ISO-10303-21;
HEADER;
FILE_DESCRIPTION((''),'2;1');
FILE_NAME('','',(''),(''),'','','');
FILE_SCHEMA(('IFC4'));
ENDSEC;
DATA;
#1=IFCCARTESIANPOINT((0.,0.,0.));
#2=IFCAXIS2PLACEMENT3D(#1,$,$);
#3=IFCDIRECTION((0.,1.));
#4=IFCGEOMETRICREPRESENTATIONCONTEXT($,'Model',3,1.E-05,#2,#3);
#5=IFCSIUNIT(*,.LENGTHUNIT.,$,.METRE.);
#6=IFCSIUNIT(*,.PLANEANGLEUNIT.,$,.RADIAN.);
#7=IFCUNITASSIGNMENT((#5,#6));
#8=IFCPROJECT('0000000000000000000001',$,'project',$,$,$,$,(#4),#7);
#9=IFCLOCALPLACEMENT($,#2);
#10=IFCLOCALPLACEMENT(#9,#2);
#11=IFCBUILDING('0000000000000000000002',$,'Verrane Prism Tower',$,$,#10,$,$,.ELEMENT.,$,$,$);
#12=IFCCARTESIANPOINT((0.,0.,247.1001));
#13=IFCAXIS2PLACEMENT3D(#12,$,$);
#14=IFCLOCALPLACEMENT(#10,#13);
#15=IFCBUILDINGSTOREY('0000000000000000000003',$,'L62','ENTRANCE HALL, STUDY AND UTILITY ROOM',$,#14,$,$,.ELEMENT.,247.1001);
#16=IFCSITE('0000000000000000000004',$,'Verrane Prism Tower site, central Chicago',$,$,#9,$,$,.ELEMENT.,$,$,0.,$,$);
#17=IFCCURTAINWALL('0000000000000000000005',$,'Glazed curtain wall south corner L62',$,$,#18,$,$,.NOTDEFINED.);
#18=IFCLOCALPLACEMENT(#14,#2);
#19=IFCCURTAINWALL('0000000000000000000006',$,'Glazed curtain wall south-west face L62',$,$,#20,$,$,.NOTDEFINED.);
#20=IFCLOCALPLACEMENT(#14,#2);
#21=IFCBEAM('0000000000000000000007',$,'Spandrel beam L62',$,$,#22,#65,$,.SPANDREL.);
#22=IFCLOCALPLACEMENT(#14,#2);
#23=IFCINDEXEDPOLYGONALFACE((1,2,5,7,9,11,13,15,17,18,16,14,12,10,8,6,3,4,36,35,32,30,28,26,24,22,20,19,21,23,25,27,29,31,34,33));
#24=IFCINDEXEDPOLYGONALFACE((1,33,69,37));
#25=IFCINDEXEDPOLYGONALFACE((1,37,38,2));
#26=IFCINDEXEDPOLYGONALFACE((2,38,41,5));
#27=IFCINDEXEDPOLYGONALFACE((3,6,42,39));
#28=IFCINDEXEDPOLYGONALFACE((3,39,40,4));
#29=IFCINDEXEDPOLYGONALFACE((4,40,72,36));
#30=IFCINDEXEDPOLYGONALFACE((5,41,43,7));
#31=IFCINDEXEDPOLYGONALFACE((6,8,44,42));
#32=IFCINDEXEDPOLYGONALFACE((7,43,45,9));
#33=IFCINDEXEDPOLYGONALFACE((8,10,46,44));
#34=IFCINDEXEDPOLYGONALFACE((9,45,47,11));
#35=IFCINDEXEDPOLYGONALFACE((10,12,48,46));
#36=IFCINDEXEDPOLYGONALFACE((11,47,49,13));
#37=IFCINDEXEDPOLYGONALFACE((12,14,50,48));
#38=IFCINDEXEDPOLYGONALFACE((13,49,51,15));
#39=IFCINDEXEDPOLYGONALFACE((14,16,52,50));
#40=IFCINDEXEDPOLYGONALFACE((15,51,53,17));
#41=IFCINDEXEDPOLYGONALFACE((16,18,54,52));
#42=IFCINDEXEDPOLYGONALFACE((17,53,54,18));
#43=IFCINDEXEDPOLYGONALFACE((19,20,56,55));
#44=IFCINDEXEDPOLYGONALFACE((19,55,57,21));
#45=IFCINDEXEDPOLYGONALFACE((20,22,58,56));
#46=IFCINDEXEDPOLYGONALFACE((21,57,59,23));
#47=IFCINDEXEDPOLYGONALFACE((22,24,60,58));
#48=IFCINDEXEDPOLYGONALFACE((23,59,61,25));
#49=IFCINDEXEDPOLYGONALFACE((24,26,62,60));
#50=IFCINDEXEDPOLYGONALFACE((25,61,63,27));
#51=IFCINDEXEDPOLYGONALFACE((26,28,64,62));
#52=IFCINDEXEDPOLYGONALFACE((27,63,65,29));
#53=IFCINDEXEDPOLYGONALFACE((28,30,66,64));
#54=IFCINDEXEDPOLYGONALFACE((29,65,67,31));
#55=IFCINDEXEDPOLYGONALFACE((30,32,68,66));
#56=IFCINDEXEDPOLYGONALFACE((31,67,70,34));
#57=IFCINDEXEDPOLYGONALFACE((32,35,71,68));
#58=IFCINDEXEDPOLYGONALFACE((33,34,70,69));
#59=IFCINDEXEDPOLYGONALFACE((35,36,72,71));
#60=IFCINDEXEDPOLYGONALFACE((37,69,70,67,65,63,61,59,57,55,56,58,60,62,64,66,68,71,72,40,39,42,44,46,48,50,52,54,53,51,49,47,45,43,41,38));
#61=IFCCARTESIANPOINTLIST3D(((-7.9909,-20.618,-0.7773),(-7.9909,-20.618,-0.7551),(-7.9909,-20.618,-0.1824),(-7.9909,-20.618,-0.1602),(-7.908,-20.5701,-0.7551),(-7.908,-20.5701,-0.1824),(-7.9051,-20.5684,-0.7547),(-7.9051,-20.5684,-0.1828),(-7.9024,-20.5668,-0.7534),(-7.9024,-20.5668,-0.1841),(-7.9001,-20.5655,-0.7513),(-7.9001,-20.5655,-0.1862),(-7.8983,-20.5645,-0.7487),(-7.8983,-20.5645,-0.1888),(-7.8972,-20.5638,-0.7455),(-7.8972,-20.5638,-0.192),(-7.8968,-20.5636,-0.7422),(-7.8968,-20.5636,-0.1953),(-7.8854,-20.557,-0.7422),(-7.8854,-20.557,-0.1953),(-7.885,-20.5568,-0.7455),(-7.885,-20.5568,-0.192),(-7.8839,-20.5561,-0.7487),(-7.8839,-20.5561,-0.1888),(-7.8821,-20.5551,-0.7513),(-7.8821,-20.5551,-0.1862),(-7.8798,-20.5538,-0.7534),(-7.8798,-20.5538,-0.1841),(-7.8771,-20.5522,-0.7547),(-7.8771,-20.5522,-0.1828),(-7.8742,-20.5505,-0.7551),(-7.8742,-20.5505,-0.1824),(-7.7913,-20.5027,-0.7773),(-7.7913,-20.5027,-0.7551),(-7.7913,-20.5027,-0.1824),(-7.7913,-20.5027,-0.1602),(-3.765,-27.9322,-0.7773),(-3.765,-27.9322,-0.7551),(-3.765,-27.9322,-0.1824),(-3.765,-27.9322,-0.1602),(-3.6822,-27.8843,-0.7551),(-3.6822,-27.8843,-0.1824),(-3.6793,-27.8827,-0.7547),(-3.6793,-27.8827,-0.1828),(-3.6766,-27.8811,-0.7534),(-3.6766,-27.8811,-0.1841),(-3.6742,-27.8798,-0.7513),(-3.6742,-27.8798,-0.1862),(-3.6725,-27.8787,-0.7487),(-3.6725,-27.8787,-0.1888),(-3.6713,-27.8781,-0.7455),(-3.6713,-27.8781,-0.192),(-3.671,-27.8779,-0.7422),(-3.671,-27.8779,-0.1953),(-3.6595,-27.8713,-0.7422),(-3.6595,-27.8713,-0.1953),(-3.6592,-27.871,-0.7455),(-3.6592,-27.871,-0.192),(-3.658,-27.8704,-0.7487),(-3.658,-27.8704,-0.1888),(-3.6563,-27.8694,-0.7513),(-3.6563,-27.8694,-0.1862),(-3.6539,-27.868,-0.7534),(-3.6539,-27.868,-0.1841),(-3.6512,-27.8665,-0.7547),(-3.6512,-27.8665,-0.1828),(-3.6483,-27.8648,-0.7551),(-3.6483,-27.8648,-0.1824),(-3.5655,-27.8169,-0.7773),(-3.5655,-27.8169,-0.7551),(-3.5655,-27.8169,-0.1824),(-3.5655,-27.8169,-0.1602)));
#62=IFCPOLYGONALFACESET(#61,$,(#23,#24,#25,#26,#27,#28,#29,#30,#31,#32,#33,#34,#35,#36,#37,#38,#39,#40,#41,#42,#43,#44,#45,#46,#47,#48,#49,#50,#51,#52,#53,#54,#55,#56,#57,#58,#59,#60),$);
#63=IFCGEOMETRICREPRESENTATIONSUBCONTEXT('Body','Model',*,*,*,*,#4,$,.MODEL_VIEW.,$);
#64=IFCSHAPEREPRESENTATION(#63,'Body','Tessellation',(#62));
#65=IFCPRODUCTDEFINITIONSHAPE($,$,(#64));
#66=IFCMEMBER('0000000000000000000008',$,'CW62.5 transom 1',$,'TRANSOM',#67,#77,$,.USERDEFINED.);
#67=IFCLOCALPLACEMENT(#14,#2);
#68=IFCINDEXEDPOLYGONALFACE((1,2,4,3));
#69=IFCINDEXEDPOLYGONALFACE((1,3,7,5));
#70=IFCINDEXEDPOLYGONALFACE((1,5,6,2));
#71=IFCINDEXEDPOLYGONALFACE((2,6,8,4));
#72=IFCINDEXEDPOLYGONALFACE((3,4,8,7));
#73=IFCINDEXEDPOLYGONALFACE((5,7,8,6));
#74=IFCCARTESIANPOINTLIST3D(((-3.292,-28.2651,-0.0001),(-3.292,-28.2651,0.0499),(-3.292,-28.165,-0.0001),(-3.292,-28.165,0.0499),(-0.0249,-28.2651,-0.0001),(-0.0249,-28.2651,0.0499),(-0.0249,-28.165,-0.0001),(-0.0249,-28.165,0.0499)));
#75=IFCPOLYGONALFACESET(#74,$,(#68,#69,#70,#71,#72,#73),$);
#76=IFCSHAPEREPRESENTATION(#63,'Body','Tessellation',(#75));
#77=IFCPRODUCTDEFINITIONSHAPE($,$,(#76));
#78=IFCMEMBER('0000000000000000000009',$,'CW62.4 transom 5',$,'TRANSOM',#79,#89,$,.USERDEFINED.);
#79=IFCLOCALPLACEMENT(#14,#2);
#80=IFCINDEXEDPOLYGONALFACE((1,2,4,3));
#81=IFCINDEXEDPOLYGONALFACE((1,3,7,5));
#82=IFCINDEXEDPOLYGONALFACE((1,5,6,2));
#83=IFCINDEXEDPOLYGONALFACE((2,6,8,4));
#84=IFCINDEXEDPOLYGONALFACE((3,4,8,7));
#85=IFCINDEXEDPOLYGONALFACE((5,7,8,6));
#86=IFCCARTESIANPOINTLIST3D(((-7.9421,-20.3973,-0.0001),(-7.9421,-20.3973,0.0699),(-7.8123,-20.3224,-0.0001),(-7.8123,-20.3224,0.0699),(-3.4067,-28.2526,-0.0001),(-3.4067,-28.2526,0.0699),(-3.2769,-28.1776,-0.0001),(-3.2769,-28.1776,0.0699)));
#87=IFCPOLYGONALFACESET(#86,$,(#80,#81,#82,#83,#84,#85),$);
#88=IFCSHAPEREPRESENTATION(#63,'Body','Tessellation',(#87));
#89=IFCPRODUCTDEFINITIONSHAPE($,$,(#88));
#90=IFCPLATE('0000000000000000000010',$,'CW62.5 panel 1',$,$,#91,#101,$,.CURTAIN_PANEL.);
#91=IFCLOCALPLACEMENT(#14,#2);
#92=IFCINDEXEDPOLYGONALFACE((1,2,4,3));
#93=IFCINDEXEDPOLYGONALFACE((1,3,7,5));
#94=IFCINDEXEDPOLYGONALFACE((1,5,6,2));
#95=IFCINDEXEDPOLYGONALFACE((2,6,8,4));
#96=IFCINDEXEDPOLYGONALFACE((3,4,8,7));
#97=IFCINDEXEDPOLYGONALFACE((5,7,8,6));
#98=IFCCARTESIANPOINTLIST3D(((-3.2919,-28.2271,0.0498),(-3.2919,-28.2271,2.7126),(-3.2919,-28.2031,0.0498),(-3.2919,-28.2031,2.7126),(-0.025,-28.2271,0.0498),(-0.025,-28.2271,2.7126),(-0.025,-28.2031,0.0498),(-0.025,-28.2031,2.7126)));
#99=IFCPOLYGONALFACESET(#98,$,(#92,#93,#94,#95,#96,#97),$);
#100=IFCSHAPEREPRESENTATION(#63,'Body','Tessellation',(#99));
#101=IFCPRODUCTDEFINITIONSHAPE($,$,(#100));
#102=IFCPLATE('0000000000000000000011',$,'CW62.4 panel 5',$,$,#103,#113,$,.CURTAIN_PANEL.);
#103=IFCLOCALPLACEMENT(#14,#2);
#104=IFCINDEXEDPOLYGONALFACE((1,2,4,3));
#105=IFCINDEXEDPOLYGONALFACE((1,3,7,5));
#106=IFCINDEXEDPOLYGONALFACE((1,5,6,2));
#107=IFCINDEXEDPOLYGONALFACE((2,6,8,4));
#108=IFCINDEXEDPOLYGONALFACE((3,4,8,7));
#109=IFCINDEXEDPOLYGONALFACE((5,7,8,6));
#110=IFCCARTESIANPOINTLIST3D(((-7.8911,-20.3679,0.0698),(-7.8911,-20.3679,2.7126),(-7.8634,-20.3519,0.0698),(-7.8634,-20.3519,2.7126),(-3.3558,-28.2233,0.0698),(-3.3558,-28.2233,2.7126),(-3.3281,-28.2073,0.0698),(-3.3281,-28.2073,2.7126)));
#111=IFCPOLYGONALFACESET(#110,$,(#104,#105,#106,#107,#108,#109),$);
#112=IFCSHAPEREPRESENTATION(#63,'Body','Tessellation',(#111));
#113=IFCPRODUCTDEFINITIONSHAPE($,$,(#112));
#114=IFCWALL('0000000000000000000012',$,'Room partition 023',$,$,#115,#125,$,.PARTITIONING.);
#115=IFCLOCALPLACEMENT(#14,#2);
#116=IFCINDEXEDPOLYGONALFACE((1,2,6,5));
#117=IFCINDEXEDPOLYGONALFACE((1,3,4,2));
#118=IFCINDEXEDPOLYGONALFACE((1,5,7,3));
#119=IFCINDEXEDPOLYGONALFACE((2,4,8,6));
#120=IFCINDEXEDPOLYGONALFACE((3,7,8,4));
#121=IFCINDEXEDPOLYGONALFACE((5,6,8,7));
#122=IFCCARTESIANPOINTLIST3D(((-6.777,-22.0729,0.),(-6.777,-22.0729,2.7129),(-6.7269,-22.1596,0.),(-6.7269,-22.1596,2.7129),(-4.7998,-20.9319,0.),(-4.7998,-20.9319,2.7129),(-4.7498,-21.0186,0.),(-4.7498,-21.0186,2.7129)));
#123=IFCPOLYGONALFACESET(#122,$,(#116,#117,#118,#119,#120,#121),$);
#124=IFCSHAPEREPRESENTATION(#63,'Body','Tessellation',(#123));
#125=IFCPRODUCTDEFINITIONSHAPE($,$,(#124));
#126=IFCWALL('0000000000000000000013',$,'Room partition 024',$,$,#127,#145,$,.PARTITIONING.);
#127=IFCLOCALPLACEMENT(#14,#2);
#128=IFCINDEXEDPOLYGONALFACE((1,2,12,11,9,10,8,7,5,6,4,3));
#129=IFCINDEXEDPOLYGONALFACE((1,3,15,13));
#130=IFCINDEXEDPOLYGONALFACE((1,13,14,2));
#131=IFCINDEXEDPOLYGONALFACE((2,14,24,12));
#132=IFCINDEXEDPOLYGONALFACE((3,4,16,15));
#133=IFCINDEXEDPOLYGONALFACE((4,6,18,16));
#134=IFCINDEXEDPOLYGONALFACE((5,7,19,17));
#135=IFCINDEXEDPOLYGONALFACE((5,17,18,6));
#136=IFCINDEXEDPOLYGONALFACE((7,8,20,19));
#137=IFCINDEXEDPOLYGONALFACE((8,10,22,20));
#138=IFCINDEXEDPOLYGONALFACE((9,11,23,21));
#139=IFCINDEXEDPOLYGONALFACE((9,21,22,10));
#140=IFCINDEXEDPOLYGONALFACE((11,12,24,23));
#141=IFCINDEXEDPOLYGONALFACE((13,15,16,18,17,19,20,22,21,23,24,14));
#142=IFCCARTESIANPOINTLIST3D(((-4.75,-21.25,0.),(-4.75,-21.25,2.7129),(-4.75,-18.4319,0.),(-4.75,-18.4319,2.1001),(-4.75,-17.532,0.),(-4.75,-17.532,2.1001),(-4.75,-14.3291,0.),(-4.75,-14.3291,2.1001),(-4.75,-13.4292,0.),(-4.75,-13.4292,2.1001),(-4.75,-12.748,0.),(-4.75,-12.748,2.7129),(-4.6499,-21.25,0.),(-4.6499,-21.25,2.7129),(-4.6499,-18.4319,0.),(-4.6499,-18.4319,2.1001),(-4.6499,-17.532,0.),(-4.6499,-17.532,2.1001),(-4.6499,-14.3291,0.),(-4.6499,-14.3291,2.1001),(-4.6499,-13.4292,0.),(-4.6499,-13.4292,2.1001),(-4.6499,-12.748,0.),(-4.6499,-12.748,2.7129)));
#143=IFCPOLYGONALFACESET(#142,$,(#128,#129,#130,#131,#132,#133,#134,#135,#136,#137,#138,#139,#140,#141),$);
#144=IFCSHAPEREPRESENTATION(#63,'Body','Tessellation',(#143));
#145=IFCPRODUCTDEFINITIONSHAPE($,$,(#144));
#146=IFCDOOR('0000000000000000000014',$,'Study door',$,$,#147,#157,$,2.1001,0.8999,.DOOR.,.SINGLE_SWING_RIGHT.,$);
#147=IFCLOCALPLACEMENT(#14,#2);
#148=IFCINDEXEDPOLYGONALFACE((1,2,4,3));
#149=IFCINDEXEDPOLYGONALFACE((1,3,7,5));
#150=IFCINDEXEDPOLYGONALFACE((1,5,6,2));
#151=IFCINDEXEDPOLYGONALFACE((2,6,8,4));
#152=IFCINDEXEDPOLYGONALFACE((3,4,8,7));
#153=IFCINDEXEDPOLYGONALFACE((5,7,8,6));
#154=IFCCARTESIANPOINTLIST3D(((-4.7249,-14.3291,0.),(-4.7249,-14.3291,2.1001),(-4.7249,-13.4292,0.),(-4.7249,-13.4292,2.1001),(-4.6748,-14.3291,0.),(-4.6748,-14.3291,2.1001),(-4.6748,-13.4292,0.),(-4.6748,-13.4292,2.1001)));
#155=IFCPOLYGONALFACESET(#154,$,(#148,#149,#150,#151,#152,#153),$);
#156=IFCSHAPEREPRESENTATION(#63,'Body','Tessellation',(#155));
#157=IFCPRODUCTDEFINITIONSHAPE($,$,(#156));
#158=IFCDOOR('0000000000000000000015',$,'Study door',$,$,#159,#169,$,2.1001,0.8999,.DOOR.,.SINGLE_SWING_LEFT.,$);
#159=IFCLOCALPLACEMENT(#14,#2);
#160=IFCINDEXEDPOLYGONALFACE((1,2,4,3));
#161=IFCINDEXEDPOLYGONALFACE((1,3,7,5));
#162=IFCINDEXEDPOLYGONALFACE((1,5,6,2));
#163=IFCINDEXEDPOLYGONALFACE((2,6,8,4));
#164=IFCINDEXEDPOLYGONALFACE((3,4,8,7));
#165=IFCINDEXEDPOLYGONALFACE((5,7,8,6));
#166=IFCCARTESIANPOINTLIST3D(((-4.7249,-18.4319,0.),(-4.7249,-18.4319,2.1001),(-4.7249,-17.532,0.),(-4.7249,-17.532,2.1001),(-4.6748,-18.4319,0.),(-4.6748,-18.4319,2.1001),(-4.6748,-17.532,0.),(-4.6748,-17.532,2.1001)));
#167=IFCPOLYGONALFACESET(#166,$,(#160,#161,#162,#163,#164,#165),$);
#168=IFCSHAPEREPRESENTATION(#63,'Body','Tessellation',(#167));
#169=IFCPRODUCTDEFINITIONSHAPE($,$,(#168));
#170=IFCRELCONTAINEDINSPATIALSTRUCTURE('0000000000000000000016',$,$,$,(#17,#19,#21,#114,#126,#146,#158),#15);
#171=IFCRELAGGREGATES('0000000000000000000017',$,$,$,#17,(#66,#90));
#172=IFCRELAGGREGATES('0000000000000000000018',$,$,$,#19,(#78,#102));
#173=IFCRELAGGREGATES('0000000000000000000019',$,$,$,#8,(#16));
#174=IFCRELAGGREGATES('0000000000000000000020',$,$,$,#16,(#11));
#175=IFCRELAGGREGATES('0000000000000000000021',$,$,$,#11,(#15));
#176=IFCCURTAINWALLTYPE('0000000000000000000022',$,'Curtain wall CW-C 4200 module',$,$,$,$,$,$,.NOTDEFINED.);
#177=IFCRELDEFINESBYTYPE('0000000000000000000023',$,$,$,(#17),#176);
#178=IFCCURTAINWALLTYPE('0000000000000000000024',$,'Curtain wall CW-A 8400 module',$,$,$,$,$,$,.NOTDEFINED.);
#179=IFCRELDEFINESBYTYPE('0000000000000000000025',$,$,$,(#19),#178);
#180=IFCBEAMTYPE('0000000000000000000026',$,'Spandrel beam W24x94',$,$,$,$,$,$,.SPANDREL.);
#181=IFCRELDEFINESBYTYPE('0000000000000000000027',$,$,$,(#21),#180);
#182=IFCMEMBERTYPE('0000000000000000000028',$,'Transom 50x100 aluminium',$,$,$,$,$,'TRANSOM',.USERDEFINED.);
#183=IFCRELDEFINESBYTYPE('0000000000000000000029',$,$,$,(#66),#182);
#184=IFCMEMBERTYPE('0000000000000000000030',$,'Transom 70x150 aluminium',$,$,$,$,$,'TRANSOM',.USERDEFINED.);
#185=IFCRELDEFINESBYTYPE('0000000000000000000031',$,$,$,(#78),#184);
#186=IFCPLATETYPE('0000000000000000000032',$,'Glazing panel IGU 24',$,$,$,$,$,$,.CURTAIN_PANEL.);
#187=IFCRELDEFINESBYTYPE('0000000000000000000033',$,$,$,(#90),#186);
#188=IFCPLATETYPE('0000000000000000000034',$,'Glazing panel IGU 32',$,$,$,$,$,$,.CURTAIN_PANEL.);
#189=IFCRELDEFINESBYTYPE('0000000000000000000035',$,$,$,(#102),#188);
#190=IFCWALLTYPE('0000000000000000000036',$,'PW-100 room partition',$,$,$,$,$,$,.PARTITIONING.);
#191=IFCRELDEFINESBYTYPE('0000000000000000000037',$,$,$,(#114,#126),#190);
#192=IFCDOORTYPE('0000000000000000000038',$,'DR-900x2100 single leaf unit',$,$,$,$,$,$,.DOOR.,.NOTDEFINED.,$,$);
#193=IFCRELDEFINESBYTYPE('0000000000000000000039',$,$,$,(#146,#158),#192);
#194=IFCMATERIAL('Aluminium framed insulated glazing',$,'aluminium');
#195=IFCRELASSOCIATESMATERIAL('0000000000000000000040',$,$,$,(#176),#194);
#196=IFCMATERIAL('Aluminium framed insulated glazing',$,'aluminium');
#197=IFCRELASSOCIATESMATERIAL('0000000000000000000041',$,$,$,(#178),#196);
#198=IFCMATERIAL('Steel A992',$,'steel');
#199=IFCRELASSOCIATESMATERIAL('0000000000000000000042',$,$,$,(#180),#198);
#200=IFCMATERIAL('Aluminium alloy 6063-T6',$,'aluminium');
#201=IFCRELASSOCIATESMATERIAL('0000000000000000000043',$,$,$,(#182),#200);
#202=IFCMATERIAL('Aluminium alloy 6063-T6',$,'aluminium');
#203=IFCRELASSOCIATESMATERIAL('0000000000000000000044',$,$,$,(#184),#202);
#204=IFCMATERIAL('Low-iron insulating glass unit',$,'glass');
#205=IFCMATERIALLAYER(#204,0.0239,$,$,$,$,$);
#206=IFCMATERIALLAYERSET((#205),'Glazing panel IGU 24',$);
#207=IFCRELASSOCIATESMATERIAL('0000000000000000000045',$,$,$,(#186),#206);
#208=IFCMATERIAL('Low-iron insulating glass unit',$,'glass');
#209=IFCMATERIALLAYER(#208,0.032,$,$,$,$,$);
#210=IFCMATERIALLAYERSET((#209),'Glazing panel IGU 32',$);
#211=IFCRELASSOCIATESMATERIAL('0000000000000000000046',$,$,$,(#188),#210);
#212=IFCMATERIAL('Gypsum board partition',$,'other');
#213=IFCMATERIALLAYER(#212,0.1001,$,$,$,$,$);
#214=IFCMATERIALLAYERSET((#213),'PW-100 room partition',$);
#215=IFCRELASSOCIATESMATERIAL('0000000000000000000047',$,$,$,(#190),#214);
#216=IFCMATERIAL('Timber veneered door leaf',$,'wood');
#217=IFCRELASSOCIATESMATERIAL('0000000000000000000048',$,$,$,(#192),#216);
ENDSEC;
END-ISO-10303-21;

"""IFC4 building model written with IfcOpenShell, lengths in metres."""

from ifc_helpers import new_model, si_unit, direction, frame, frame_2d, origin, origin_2d, place, context, subcontext, project, spatial, rectangle, i_section, extrude, material, layer, layer_set, material_profile, profile_set, type_object, element, fill, aggregate, save


model = new_model("IFC4")

# Units and contexts
model_context = context("Model", 3, precision=1e-05, world=origin(), true_north=direction((0.0, 1.0)))
body_context = subcontext(model_context, "Body", "Model", "MODEL_VIEW")
ifc_project = project(units=[si_unit("LENGTHUNIT", "METRE"), si_unit("PLANEANGLEUNIT", "RADIAN")], contexts=[model_context])

# Site, building, storey
site_placement = place(None, origin())
site = spatial("IfcSite", under=ifc_project, at=site_placement, Name="Verrane Prism Tower site, central Chicago", CompositionType="ELEMENT", RefElevation=0.0)
building_placement = place(site_placement, origin())
building = spatial("IfcBuilding", under=site, at=building_placement, Name="Verrane Prism Tower", CompositionType="ELEMENT")
storey_placement = place(building_placement, frame((0.0, 0.0, 247.1001)))
storey = spatial("IfcBuildingStorey", under=building, at=storey_placement, Name="L62", Description="ENTRANCE HALL, STUDY AND UTILITY ROOM", CompositionType="ELEMENT", Elevation=247.1001)

# Curtain wall
ifc_material_1 = material(Name="Aluminium framed insulated glazing", Category="aluminium")
curtain_wall_type_1 = type_object("IfcCurtainWallType", Name="Curtain wall CW-C 4200 module", PredefinedType="NOTDEFINED", material=ifc_material_1)
curtain_wall_1_placement = place(storey_placement, origin())
curtain_wall_1 = element("IfcCurtainWall", 1, at=curtain_wall_1_placement, inside=storey, type_object=curtain_wall_type_1, Name="Glazed curtain wall south corner L62", PredefinedType="NOTDEFINED")

# Curtain wall
ifc_material_2 = material(Name="Aluminium framed insulated glazing", Category="aluminium")
curtain_wall_type_2 = type_object("IfcCurtainWallType", Name="Curtain wall CW-A 8400 module", PredefinedType="NOTDEFINED", material=ifc_material_2)
curtain_wall_2_placement = place(storey_placement, origin())
curtain_wall_2 = element("IfcCurtainWall", 2, at=curtain_wall_2_placement, inside=storey, type_object=curtain_wall_type_2, Name="Glazed curtain wall south-west face L62", PredefinedType="NOTDEFINED")

# Beam
ifc_material_3 = material(Name="Steel A992", Category="steel")
ifc_material_profile_1 = material_profile(ifc_material_3, i_section(OverallWidth=0.2305, OverallDepth=0.6172, WebThickness=0.0132, FlangeThickness=0.0222, FilletRadius=0.0129, at=origin_2d()), Name="W24x94")
ifc_profile_set_1 = profile_set([ifc_material_profile_1], Name="Steel A992")
beam_type_1 = type_object("IfcBeamType", Name="Spandrel beam W24x94", PredefinedType="SPANDREL", material=ifc_profile_set_1)
beam_1_placement = place(storey_placement, frame((-7.8911, -20.5603, -0.4688), z_axis=(0.500264, -0.865873, 0.0), x_axis=(0.865873, 0.500264, 0.0)))
element("IfcBeam", 3, at=beam_1_placement, inside=storey, type_object=beam_type_1, Name="Spandrel beam L62", PredefinedType="SPANDREL", context=body_context, shape_type="SweptSolid", body=[
    extrude(i_section(OverallWidth=0.2305, OverallDepth=0.6172, WebThickness=0.0132, FlangeThickness=0.0222, FilletRadius=0.0129, at=origin_2d()), origin(), (0.0, 0.0, 1.0), 8.4473),
])

# Members
ifc_material_4 = material(Name="Aluminium alloy 6063-T6", Category="aluminium")
ifc_material_profile_2 = material_profile(ifc_material_4, rectangle(XDim=0.1001, YDim=0.05, at=origin_2d()), Name="Transom 50x100 aluminium")
ifc_profile_set_2 = profile_set([ifc_material_profile_2], Name="Aluminium alloy 6063-T6")
member_type_1 = type_object("IfcMemberType", Name="Transom 50x100 aluminium", ElementType="TRANSOM", PredefinedType="USERDEFINED", material=ifc_profile_set_2)
member_1_placement = place(storey_placement, frame((-3.292, -28.2151, 0.0249), z_axis=(1.0, 0.0, 0.0), x_axis=(0.0, 1.0, 0.0)))
member_1 = element("IfcMember", 4, at=member_1_placement, type_object=member_type_1, Name="CW62.5 transom 1", ObjectType="TRANSOM", PredefinedType="USERDEFINED", context=body_context, shape_type="SweptSolid", body=[
    extrude(rectangle(XDim=0.1001, YDim=0.05, at=origin_2d()), origin(), (0.0, 0.0, 1.0), 3.2671),
])
ifc_material_5 = material(Name="Aluminium alloy 6063-T6", Category="aluminium")
ifc_material_profile_3 = material_profile(ifc_material_5, rectangle(XDim=0.1499, YDim=0.0701, at=origin_2d()), Name="Transom 70x150 aluminium")
ifc_profile_set_3 = profile_set([ifc_material_profile_3], Name="Aluminium alloy 6063-T6")
member_type_2 = type_object("IfcMemberType", Name="Transom 70x150 aluminium", ElementType="TRANSOM", PredefinedType="USERDEFINED", material=ifc_profile_set_3)
member_2_placement = place(storey_placement, frame((-7.8772, -20.3599, 0.0349), z_axis=(0.500015, -0.866017, 0.0), x_axis=(0.866017, 0.500015, 0.0)))
member_2 = element("IfcMember", 5, at=member_2_placement, type_object=member_type_2, Name="CW62.4 transom 5", ObjectType="TRANSOM", PredefinedType="USERDEFINED", context=body_context, shape_type="SweptSolid", body=[
    extrude(rectangle(XDim=0.1499, YDim=0.0701, at=origin_2d()), origin(), (0.0, 0.0, 1.0), 9.0706),
])

# Plates
ifc_material_6 = material(Name="Low-iron insulating glass unit", Category="glass")
ifc_layer_1 = layer(ifc_material_6, 0.0239)
ifc_layer_set_1 = layer_set([ifc_layer_1], Name="Glazing panel IGU 24")
plate_type_1 = type_object("IfcPlateType", Name="Glazing panel IGU 24", PredefinedType="CURTAIN_PANEL", material=ifc_layer_set_1)
plate_1_placement = place(storey_placement, frame((-1.6584, -28.2151, 0.0498), z_axis=(0.0, 0.0, 1.0), x_axis=(1.0, 0.0, 0.0)))
plate_1 = element("IfcPlate", 6, at=plate_1_placement, type_object=plate_type_1, Name="CW62.5 panel 1", PredefinedType="CURTAIN_PANEL", context=body_context, shape_type="SweptSolid", body=[
    extrude(rectangle(XDim=3.2668, YDim=0.0239, at=origin_2d()), origin(), (0.0, 0.0, 1.0), 2.6628),
])
aggregate(curtain_wall_1, [member_1, plate_1])
ifc_material_7 = material(Name="Low-iron insulating glass unit", Category="glass")
ifc_layer_2 = layer(ifc_material_7, 0.032)
ifc_layer_set_2 = layer_set([ifc_layer_2], Name="Glazing panel IGU 32")
plate_type_2 = type_object("IfcPlateType", Name="Glazing panel IGU 32", PredefinedType="CURTAIN_PANEL", material=ifc_layer_set_2)
plate_2_placement = place(storey_placement, frame((-5.6096, -24.2876, 0.0698), z_axis=(0.0, 0.0, 1.0), x_axis=(0.5, -0.866026, 0.0)))
plate_2 = element("IfcPlate", 7, at=plate_2_placement, type_object=plate_type_2, Name="CW62.4 panel 5", PredefinedType="CURTAIN_PANEL", context=body_context, shape_type="SweptSolid", body=[
    extrude(rectangle(XDim=9.0706, YDim=0.032, at=origin_2d()), origin(), (0.0, 0.0, 1.0), 2.6428),
])
aggregate(curtain_wall_2, [member_2, plate_2])

# Wall
ifc_material_8 = material(Name="Gypsum board partition", Category="other")
ifc_layer_3 = layer(ifc_material_8, 0.1001)
ifc_layer_set_3 = layer_set([ifc_layer_3], Name="PW-100 room partition")
wall_type = type_object("IfcWallType", Name="PW-100 room partition", PredefinedType="PARTITIONING", material=ifc_layer_set_3)
wall_1_placement = place(storey_placement, frame((-6.752, -22.1162, 0.0), z_axis=(0.0, 0.0, 1.0), x_axis=(0.866136, 0.499809, 0.0)))
element("IfcWall", 8, at=wall_1_placement, inside=storey, type_object=wall_type, Name="Room partition 023", PredefinedType="PARTITIONING", context=body_context, shape_type="SweptSolid", body=[
    extrude(rectangle(XDim=2.2827, YDim=0.1001, at=frame_2d((1.1414, 0.0))), origin(), (0.0, 0.0, 1.0), 2.7129),
])

# Wall, openings, doors
wall_2_placement = place(storey_placement, frame((-4.7, -21.25, 0.0), z_axis=(0.0, 0.0, 1.0), x_axis=(0.0, 1.0, 0.0)))
wall_2 = element("IfcWall", 9, at=wall_2_placement, inside=storey, type_object=wall_type, Name="Room partition 024", PredefinedType="PARTITIONING", context=body_context, shape_type="SweptSolid", body=[
    extrude(rectangle(XDim=8.502, YDim=0.1001, at=frame_2d((4.251, 0.0))), origin(), (0.0, 0.0, 1.0), 2.7129),
])
opening_1_placement = place(wall_2_placement, frame((6.9209, 0.0, 0.0)))
opening_1 = element("IfcOpeningElement", 10, at=opening_1_placement, cuts=wall_2, PredefinedType="OPENING", context=body_context, shape_type="SweptSolid", body=[
    extrude(rectangle(XDim=0.8999, YDim=2.1001, at=frame_2d((0.45, 1.05))), frame((0.0, 0.0601, 0.0), z_axis=(0.0, -1.0, 0.0), x_axis=(1.0, 0.0, 0.0)), (0.0, 0.0, 1.0), 0.1201),
])
opening_2_placement = place(wall_2_placement, frame((2.8181, 0.0, 0.0)))
opening_2 = element("IfcOpeningElement", 11, at=opening_2_placement, cuts=wall_2, PredefinedType="OPENING", context=body_context, shape_type="SweptSolid", body=[
    extrude(rectangle(XDim=0.8999, YDim=2.1001, at=frame_2d((0.45, 1.05))), frame((0.0, 0.0601, 0.0), z_axis=(0.0, -1.0, 0.0), x_axis=(1.0, 0.0, 0.0)), (0.0, 0.0, 1.0), 0.1201),
])
ifc_material_9 = material(Name="Timber veneered door leaf", Category="wood")
door_type = type_object("IfcDoorType", Name="DR-900x2100 single leaf unit", OperationType="NOTDEFINED", PredefinedType="DOOR", material=ifc_material_9)
door_1_placement = place(opening_1_placement, origin())
door_1 = element("IfcDoor", 12, at=door_1_placement, inside=storey, type_object=door_type, Name="Study door", OperationType="SINGLE_SWING_RIGHT", OverallHeight=2.1001, OverallWidth=0.8999, PredefinedType="DOOR", context=body_context, shape_type="SweptSolid", body=[
    extrude(rectangle(XDim=0.8999, YDim=2.1001, at=frame_2d((0.45, 1.05))), frame((0.0, 0.0249, 0.0), z_axis=(0.0, -1.0, 0.0), x_axis=(1.0, 0.0, 0.0)), (0.0, 0.0, 1.0), 0.05),
])
fill(opening_1, door_1)
door_2_placement = place(opening_2_placement, origin())
door_2 = element("IfcDoor", 13, at=door_2_placement, inside=storey, type_object=door_type, Name="Study door", OperationType="SINGLE_SWING_LEFT", OverallHeight=2.1001, OverallWidth=0.8999, PredefinedType="DOOR", context=body_context, shape_type="SweptSolid", body=[
    extrude(rectangle(XDim=0.8999, YDim=2.1001, at=frame_2d((0.45, 1.05))), frame((0.0, 0.0249, 0.0), z_axis=(0.0, -1.0, 0.0), x_axis=(1.0, 0.0, 0.0)), (0.0, 0.0, 1.0), 0.05),
])
fill(opening_2, door_2)

save(model, "model.ifc")
